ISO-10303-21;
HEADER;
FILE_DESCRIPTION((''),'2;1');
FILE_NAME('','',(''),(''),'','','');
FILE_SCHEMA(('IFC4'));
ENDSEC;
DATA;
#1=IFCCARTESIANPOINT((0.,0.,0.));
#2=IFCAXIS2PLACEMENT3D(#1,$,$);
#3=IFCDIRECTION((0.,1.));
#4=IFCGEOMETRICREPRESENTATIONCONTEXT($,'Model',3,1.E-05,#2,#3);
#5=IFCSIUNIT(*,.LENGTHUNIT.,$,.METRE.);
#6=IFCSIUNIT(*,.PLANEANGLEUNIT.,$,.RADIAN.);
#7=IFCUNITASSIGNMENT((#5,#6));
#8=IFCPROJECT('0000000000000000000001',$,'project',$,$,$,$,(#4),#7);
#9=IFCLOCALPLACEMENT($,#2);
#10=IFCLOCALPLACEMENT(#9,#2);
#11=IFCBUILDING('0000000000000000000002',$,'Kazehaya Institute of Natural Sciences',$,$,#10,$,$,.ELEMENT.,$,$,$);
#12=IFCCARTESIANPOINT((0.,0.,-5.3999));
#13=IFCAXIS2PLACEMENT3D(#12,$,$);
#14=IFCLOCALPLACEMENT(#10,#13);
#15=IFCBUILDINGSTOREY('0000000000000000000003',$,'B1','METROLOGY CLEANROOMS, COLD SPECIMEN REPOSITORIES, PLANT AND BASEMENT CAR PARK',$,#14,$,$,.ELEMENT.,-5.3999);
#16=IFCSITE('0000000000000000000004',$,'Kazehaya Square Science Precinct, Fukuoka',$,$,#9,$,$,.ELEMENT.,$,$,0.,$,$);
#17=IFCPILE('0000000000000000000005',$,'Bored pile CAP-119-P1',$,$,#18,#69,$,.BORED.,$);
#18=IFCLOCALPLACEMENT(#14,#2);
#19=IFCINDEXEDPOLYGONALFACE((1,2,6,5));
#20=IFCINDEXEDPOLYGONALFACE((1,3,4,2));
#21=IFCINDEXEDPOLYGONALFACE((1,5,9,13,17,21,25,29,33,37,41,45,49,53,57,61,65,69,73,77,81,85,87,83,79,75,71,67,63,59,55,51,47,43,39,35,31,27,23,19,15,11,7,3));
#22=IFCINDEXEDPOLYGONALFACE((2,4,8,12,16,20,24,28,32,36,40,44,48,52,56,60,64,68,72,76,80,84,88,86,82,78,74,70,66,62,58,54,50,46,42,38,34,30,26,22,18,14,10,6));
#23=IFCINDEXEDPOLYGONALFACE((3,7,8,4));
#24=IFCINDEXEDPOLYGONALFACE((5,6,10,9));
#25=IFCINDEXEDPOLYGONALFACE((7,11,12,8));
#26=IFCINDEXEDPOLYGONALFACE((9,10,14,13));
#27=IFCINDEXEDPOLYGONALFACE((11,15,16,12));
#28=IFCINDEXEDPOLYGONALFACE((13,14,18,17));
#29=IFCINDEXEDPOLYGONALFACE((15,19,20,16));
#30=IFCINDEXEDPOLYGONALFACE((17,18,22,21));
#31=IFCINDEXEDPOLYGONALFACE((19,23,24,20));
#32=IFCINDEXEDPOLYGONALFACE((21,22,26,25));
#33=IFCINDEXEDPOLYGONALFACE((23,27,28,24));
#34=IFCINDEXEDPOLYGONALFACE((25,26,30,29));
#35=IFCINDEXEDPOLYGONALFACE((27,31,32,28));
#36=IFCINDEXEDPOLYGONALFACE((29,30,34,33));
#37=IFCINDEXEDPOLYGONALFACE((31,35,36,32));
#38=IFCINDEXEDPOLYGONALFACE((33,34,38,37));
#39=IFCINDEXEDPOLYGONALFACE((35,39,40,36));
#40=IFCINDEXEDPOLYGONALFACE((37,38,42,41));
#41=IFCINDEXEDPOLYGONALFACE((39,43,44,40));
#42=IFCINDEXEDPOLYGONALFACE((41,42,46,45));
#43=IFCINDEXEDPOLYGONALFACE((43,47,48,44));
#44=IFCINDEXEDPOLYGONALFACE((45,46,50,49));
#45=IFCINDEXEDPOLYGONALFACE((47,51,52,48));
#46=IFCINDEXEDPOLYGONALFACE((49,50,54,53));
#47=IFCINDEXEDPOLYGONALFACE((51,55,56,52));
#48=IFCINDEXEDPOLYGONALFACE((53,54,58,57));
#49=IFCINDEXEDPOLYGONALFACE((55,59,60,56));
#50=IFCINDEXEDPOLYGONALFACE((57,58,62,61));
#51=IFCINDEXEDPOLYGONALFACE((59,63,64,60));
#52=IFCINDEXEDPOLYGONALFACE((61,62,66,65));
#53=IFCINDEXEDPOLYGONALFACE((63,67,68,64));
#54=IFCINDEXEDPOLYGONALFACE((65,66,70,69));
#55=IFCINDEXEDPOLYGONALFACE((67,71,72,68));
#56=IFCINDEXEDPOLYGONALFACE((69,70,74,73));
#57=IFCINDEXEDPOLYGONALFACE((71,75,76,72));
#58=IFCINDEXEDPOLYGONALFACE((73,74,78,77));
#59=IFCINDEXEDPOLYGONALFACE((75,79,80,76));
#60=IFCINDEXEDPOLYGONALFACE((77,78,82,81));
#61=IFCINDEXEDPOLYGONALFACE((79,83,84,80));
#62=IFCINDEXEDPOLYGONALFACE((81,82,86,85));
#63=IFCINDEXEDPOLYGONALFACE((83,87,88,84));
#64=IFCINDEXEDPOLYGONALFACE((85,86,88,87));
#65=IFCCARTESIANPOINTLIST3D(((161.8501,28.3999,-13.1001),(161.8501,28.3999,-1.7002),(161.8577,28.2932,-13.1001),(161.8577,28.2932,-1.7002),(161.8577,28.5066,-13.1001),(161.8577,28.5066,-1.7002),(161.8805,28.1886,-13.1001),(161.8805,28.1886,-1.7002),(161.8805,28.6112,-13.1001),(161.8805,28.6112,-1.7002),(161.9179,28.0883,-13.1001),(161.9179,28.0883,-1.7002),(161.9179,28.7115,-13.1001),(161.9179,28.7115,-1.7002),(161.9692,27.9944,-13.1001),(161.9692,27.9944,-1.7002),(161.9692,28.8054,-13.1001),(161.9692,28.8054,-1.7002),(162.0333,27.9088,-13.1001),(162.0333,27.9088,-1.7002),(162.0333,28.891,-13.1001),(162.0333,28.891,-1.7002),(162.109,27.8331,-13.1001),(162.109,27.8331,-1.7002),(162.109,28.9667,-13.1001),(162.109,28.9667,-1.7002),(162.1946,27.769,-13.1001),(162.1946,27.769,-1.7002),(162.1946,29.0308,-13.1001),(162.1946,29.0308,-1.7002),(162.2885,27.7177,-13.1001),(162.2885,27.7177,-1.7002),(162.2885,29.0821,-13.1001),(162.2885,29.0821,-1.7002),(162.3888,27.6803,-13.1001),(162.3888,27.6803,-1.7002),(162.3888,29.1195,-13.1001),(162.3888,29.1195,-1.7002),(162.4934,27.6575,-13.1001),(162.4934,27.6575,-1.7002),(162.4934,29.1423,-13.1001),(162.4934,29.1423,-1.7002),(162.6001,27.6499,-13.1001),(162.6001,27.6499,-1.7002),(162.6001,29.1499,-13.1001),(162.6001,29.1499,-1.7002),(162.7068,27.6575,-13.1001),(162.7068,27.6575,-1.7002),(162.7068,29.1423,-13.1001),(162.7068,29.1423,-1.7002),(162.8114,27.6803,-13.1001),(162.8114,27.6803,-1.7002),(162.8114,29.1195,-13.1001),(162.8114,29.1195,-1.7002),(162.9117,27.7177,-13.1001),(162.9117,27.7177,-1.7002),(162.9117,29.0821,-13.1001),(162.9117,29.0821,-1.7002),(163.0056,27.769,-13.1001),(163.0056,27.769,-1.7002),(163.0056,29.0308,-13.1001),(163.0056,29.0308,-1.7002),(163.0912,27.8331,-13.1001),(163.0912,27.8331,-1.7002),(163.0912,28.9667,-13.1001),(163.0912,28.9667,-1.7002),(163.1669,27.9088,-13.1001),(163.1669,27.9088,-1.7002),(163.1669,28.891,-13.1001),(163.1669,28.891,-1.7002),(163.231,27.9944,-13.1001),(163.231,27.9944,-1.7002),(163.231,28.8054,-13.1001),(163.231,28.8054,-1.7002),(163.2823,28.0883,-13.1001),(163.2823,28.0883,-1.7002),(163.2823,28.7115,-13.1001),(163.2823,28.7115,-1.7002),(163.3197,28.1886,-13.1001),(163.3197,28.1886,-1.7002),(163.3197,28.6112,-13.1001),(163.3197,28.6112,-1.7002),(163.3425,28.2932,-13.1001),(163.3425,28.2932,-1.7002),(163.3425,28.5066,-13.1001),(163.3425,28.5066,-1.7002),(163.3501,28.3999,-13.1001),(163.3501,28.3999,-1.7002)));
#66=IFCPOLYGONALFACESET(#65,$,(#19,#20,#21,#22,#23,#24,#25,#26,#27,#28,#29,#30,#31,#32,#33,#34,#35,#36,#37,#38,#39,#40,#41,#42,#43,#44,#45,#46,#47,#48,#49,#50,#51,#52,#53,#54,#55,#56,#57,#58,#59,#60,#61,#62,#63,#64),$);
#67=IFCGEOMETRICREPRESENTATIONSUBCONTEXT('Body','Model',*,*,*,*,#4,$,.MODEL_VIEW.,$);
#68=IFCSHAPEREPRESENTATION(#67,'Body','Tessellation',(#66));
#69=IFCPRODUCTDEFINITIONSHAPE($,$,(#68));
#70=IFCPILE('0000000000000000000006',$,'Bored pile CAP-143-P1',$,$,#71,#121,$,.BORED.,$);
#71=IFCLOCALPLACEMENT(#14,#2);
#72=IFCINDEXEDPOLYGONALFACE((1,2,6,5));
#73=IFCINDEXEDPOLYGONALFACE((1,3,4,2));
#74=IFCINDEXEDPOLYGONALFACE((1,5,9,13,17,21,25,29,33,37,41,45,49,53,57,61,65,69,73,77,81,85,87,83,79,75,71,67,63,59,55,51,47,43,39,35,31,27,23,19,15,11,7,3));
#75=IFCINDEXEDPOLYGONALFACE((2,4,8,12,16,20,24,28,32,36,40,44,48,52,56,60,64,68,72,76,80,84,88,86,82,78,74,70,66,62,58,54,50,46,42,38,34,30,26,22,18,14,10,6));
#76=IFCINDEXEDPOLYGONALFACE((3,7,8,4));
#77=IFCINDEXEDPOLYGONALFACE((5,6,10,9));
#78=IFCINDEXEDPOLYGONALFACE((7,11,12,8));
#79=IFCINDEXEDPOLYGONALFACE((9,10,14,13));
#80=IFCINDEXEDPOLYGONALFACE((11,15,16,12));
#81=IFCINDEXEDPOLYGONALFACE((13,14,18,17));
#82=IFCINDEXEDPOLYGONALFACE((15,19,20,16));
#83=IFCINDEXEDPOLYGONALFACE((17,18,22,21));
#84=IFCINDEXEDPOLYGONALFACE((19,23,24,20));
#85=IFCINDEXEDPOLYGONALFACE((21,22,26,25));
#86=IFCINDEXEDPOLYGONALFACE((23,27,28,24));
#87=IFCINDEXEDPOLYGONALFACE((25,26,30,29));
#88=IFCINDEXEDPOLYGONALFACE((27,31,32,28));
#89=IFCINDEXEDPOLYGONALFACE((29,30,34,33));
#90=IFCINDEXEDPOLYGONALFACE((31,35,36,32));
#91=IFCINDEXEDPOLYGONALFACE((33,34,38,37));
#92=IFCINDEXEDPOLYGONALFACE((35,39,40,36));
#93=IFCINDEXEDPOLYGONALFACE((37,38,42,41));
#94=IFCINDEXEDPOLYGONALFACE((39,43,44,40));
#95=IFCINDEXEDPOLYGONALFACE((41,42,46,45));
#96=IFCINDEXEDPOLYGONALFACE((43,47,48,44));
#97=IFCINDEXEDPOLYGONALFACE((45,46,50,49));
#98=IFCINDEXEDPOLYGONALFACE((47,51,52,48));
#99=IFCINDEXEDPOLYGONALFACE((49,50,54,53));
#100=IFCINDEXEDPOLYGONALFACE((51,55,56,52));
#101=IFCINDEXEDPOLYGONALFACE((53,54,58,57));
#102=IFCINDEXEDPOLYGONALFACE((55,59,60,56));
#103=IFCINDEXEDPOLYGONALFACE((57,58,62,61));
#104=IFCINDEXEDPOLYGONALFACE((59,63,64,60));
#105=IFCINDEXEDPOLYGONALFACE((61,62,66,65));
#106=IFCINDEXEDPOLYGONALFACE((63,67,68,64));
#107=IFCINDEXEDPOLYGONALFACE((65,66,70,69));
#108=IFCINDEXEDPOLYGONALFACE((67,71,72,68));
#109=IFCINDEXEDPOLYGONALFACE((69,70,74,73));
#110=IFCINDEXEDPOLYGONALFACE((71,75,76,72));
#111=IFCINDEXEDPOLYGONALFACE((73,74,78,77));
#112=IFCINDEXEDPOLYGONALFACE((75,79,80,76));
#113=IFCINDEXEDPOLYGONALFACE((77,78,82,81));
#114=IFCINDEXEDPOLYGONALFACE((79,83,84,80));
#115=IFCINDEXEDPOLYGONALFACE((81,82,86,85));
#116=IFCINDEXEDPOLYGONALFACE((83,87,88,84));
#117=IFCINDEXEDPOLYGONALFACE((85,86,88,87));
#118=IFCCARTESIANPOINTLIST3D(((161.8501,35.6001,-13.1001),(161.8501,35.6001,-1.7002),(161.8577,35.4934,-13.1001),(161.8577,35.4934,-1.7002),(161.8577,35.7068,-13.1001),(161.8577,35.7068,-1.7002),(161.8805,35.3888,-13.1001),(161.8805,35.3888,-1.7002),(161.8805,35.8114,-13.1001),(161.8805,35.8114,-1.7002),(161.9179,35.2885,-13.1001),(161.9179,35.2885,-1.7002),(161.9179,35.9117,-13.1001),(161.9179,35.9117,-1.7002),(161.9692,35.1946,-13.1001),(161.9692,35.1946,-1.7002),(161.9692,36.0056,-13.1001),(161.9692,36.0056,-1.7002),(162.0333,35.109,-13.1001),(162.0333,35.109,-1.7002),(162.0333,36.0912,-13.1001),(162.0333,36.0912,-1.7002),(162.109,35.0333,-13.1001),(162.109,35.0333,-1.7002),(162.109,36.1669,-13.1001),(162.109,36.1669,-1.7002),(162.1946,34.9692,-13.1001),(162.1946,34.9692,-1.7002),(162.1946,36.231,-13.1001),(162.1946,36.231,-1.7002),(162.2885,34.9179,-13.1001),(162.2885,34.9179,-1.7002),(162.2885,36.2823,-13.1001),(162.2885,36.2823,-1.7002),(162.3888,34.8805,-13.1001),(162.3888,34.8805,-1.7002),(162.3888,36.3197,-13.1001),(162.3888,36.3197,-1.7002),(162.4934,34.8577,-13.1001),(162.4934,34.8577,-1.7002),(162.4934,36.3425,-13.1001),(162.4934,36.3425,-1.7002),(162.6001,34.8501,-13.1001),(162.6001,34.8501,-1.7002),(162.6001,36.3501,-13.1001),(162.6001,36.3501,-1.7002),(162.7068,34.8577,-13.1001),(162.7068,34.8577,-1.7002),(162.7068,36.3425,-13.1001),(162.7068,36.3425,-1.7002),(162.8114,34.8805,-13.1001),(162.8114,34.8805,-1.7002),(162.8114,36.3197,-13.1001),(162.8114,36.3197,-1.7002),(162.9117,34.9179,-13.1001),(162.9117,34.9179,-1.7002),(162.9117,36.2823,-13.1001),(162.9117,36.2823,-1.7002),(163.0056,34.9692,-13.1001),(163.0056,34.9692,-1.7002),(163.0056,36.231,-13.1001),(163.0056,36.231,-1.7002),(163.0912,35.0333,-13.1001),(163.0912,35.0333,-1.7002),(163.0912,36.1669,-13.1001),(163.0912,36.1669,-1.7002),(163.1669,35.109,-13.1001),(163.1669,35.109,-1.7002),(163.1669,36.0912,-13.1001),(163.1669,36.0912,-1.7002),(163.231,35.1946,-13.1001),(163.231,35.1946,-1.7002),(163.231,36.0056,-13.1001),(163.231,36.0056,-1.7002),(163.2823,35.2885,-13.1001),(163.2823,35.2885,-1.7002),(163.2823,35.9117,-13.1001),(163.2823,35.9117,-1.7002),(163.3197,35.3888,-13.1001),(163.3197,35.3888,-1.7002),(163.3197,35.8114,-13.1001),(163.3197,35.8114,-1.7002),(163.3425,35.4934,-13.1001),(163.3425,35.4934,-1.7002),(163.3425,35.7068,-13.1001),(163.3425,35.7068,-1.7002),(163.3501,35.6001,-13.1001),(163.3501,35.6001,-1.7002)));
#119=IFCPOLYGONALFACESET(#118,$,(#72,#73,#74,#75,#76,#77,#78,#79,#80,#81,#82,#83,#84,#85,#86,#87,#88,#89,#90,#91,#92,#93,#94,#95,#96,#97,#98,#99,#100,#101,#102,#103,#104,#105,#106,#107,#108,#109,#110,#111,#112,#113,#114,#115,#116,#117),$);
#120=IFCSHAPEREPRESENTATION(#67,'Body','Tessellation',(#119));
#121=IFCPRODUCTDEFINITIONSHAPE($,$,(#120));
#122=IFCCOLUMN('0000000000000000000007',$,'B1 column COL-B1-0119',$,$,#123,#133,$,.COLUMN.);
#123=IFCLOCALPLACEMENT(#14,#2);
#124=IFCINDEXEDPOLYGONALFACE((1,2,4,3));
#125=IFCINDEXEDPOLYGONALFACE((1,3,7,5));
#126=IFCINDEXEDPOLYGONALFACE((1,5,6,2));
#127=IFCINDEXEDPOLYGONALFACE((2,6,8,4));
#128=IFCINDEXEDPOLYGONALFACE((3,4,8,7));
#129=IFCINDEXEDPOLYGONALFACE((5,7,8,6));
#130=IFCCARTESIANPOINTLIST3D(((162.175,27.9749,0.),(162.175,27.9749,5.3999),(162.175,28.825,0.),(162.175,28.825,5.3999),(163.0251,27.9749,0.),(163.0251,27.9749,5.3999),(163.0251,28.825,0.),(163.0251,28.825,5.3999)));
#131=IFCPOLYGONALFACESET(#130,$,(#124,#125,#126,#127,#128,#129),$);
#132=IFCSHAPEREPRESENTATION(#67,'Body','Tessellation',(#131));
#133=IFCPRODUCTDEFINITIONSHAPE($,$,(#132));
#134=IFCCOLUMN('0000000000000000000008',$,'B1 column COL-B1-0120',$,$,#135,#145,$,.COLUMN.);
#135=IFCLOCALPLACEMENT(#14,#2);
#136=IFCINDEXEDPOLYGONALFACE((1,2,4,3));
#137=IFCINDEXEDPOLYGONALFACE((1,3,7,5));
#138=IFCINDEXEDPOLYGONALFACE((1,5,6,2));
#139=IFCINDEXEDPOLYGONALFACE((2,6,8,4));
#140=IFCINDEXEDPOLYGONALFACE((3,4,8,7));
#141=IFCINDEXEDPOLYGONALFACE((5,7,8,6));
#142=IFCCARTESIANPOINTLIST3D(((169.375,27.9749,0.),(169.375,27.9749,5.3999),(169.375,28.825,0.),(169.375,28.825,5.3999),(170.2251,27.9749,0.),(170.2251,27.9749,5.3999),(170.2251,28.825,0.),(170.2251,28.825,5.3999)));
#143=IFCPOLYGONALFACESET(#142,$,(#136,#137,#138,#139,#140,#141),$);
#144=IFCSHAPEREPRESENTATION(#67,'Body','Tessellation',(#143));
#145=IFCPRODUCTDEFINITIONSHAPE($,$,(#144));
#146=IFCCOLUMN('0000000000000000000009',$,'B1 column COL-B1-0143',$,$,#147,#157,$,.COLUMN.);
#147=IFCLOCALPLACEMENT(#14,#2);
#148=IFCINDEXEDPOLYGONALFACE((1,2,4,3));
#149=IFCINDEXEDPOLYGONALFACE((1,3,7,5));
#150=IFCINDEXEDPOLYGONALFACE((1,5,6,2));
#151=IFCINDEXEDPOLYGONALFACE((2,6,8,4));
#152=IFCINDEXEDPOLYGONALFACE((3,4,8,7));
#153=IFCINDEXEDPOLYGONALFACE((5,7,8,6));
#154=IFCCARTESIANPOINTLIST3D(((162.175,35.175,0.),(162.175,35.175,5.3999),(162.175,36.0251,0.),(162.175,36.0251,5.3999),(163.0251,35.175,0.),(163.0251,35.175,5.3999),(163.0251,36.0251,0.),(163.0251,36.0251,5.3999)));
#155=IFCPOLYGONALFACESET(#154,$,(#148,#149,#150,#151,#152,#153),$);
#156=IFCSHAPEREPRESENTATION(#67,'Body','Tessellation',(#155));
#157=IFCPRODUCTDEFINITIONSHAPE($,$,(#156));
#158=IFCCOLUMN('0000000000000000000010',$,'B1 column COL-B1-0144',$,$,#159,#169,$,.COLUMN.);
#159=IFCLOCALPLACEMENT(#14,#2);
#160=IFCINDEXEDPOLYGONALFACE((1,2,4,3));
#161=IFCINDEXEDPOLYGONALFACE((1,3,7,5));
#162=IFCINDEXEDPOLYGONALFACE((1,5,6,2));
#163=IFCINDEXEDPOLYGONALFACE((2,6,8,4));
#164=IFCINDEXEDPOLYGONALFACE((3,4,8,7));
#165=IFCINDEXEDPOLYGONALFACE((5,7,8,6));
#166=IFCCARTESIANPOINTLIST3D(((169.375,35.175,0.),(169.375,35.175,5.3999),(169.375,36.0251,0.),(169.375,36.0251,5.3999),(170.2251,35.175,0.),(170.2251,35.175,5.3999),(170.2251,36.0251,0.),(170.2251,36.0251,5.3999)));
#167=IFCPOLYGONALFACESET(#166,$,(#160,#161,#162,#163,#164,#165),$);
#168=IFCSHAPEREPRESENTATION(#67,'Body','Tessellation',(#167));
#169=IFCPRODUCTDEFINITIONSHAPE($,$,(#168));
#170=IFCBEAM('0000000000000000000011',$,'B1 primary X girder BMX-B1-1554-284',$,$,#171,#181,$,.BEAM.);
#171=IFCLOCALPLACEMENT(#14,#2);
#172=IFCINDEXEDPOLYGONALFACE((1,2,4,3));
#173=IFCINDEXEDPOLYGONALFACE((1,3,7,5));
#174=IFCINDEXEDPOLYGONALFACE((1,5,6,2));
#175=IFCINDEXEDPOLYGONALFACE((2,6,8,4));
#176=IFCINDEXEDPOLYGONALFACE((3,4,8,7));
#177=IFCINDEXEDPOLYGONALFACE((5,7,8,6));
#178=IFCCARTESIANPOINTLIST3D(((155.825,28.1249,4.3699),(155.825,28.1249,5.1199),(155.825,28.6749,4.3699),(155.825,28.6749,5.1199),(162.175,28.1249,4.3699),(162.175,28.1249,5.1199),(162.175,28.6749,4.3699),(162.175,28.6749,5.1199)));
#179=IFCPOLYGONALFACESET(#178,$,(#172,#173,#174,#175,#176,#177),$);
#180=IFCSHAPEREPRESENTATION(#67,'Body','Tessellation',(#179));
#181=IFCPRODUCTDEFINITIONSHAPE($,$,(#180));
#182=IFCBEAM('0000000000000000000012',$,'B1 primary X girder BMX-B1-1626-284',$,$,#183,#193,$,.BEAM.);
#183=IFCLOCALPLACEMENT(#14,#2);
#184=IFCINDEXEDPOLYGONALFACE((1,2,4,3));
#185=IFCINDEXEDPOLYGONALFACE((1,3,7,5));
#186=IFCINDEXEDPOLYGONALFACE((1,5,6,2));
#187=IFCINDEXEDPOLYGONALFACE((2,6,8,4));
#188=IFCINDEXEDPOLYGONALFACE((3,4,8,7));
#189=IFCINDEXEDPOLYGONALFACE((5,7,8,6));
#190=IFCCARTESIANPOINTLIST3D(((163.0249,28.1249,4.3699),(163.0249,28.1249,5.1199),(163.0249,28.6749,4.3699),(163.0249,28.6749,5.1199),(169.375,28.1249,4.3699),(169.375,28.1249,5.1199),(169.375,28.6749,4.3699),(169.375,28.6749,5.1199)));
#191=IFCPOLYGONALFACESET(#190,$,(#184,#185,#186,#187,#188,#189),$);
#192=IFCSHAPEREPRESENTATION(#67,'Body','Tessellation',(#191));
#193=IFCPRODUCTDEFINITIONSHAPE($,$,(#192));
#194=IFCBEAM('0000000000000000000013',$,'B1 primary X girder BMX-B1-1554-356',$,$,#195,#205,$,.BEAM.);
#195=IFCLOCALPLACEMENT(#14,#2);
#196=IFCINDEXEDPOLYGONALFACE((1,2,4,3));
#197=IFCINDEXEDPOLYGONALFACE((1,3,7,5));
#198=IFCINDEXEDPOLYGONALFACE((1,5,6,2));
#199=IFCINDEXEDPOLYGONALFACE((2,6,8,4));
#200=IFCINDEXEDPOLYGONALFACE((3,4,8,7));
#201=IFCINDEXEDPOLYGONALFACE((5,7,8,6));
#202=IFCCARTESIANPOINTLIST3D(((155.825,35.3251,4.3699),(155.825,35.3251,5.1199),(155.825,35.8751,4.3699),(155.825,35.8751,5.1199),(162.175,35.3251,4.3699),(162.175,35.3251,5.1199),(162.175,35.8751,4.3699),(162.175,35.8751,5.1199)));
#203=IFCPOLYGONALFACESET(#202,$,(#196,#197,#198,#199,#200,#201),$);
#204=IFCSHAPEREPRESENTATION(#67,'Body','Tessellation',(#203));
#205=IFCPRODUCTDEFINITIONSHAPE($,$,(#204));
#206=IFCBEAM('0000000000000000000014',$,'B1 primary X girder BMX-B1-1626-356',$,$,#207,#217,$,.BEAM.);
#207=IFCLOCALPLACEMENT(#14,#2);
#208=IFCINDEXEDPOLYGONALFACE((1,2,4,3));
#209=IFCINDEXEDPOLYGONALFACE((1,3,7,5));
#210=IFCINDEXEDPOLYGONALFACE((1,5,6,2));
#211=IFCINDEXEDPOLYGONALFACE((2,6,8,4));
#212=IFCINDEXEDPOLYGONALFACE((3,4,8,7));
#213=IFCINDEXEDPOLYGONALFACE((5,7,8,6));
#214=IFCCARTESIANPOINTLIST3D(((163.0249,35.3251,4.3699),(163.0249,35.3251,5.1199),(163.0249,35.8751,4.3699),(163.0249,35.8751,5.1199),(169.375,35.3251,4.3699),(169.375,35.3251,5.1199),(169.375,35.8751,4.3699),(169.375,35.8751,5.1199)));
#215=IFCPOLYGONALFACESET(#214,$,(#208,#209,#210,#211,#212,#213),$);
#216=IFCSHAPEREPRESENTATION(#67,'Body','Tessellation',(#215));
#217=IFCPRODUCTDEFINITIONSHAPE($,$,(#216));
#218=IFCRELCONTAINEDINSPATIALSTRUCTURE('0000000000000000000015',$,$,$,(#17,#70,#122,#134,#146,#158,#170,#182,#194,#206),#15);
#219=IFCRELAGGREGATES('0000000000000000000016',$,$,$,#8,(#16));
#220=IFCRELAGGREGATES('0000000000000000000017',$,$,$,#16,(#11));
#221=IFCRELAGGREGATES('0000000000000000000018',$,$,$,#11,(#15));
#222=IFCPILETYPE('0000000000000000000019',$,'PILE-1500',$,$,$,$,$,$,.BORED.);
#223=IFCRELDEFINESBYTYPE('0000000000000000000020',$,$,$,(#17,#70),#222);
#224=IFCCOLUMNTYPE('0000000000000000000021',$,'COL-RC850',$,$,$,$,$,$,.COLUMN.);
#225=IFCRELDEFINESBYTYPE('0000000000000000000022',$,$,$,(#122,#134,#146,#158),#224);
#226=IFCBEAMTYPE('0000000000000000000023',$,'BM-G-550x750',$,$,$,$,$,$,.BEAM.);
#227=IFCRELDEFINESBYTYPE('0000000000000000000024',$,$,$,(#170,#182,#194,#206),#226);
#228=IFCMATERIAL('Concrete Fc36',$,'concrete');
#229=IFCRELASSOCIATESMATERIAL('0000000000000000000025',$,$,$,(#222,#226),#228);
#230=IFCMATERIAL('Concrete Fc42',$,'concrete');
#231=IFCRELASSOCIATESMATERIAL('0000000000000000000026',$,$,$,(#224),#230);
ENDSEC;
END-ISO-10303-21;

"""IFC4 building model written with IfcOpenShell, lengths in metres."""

from ifc_helpers import new_model, si_unit, direction, frame, origin, origin_2d, place, context, subcontext, project, spatial, rectangle, circle, extrude, material, material_profile, profile_set, type_object, element, save


model = new_model("IFC4")

# Units and contexts
model_context = context("Model", 3, precision=1e-05, world=origin(), true_north=direction((0.0, 1.0)))
body_context = subcontext(model_context, "Body", "Model", "MODEL_VIEW")
ifc_project = project(units=[si_unit("LENGTHUNIT", "METRE"), si_unit("PLANEANGLEUNIT", "RADIAN")], contexts=[model_context])

# Site, building, storey
site_placement = place(None, origin())
site = spatial("IfcSite", under=ifc_project, at=site_placement, Name="Kazehaya Square Science Precinct, Fukuoka", CompositionType="ELEMENT", RefElevation=0.0)
building_placement = place(site_placement, origin())
building = spatial("IfcBuilding", under=site, at=building_placement, Name="Kazehaya Institute of Natural Sciences", CompositionType="ELEMENT")
storey_placement = place(building_placement, frame((0.0, 0.0, -5.3999)))
storey = spatial("IfcBuildingStorey", under=building, at=storey_placement, Name="B1", Description="METROLOGY CLEANROOMS, COLD SPECIMEN REPOSITORIES, PLANT AND BASEMENT CAR PARK", CompositionType="ELEMENT", Elevation=-5.3999)

# Shared definitions
ifc_material_1 = material(Name="Concrete Fc36", Category="concrete")

# Piles
ifc_material_profile_1 = material_profile(ifc_material_1, circle(Radius=0.75, at=origin_2d()), Name="PILE-1500")
ifc_profile_set_1 = profile_set([ifc_material_profile_1], Name="Concrete Fc36")
pile_type_1 = type_object("IfcPileType", Name="PILE-1500", PredefinedType="BORED", material=ifc_profile_set_1)
for number, where, z_axis, x_axis, name in (
    (1, (162.6001, 28.3999, -1.7002), (0.0, 0.0, -1.0), (1.0, 0.0, 0.0), "Bored pile CAP-119-P1"),
    (2, (162.6001, 35.6001, -1.7002), (0.0, 0.0, -1.0), (1.0, 0.0, 0.0), "Bored pile CAP-143-P1"),
):
    element("IfcPile", number, at=place(storey_placement, frame(where, z_axis=z_axis, x_axis=x_axis)), inside=storey, type_object=pile_type_1, Name=name, PredefinedType="BORED", context=body_context, shape_type="SweptSolid", body=[
        extrude(circle(Radius=0.75, at=origin_2d()), origin(), (0.0, 0.0, 1.0), 11.3999),
    ])

# Columns
ifc_material_2 = material(Name="Concrete Fc42", Category="concrete")
ifc_material_profile_2 = material_profile(ifc_material_2, rectangle(XDim=0.8501, YDim=0.8501, at=origin_2d()), Name="RC-850x850")
ifc_profile_set_2 = profile_set([ifc_material_profile_2], Name="Concrete Fc42")
column_type = type_object("IfcColumnType", Name="COL-RC850", PredefinedType="COLUMN", material=ifc_profile_set_2)
for number, where, z_axis, x_axis, name in (
    (3, (162.6001, 28.3999, 0.0), (0.0, 0.0, 1.0), (1.0, 0.0, 0.0), "B1 column COL-B1-0119"),
    (4, (169.8, 28.3999, 0.0), (0.0, 0.0, 1.0), (1.0, 0.0, 0.0), "B1 column COL-B1-0120"),
    (5, (162.6001, 35.6001, 0.0), (0.0, 0.0, 1.0), (1.0, 0.0, 0.0), "B1 column COL-B1-0143"),
    (6, (169.8, 35.6001, 0.0), (0.0, 0.0, 1.0), (1.0, 0.0, 0.0), "B1 column COL-B1-0144"),
):
    element("IfcColumn", number, at=place(storey_placement, frame(where, z_axis=z_axis, x_axis=x_axis)), inside=storey, type_object=column_type, Name=name, PredefinedType="COLUMN", context=body_context, shape_type="SweptSolid", body=[
        extrude(rectangle(XDim=0.8501, YDim=0.8501, at=origin_2d()), origin(), (0.0, 0.0, 1.0), 5.3999),
    ])

# Beams
ifc_material_profile_3 = material_profile(ifc_material_1, rectangle(XDim=0.55, YDim=0.75, at=origin_2d()), Name="RC-550x750")
ifc_profile_set_3 = profile_set([ifc_material_profile_3], Name="Concrete Fc36")
beam_type_1 = type_object("IfcBeamType", Name="BM-G-550x750", PredefinedType="BEAM", material=ifc_profile_set_3)
for number, where, z_axis, x_axis, name in (
    (7, (155.825, 28.3999, 4.7449), (1.0, 0.0, 0.0), (0.0, 1.0, 0.0), "B1 primary X girder BMX-B1-1554-284"),
    (8, (163.0249, 28.3999, 4.7449), (1.0, 0.0, 0.0), (0.0, 1.0, 0.0), "B1 primary X girder BMX-B1-1626-284"),
    (9, (155.825, 35.6001, 4.7449), (1.0, 0.0, 0.0), (0.0, 1.0, 0.0), "B1 primary X girder BMX-B1-1554-356"),
    (10, (163.0249, 35.6001, 4.7449), (1.0, 0.0, 0.0), (0.0, 1.0, 0.0), "B1 primary X girder BMX-B1-1626-356"),
):
    element("IfcBeam", number, at=place(storey_placement, frame(where, z_axis=z_axis, x_axis=x_axis)), inside=storey, type_object=beam_type_1, Name=name, PredefinedType="BEAM", context=body_context, shape_type="SweptSolid", body=[
        extrude(rectangle(XDim=0.55, YDim=0.75, at=origin_2d()), origin(), (0.0, 0.0, 1.0), 6.3501),
    ])

save(model, "model.ifc")
